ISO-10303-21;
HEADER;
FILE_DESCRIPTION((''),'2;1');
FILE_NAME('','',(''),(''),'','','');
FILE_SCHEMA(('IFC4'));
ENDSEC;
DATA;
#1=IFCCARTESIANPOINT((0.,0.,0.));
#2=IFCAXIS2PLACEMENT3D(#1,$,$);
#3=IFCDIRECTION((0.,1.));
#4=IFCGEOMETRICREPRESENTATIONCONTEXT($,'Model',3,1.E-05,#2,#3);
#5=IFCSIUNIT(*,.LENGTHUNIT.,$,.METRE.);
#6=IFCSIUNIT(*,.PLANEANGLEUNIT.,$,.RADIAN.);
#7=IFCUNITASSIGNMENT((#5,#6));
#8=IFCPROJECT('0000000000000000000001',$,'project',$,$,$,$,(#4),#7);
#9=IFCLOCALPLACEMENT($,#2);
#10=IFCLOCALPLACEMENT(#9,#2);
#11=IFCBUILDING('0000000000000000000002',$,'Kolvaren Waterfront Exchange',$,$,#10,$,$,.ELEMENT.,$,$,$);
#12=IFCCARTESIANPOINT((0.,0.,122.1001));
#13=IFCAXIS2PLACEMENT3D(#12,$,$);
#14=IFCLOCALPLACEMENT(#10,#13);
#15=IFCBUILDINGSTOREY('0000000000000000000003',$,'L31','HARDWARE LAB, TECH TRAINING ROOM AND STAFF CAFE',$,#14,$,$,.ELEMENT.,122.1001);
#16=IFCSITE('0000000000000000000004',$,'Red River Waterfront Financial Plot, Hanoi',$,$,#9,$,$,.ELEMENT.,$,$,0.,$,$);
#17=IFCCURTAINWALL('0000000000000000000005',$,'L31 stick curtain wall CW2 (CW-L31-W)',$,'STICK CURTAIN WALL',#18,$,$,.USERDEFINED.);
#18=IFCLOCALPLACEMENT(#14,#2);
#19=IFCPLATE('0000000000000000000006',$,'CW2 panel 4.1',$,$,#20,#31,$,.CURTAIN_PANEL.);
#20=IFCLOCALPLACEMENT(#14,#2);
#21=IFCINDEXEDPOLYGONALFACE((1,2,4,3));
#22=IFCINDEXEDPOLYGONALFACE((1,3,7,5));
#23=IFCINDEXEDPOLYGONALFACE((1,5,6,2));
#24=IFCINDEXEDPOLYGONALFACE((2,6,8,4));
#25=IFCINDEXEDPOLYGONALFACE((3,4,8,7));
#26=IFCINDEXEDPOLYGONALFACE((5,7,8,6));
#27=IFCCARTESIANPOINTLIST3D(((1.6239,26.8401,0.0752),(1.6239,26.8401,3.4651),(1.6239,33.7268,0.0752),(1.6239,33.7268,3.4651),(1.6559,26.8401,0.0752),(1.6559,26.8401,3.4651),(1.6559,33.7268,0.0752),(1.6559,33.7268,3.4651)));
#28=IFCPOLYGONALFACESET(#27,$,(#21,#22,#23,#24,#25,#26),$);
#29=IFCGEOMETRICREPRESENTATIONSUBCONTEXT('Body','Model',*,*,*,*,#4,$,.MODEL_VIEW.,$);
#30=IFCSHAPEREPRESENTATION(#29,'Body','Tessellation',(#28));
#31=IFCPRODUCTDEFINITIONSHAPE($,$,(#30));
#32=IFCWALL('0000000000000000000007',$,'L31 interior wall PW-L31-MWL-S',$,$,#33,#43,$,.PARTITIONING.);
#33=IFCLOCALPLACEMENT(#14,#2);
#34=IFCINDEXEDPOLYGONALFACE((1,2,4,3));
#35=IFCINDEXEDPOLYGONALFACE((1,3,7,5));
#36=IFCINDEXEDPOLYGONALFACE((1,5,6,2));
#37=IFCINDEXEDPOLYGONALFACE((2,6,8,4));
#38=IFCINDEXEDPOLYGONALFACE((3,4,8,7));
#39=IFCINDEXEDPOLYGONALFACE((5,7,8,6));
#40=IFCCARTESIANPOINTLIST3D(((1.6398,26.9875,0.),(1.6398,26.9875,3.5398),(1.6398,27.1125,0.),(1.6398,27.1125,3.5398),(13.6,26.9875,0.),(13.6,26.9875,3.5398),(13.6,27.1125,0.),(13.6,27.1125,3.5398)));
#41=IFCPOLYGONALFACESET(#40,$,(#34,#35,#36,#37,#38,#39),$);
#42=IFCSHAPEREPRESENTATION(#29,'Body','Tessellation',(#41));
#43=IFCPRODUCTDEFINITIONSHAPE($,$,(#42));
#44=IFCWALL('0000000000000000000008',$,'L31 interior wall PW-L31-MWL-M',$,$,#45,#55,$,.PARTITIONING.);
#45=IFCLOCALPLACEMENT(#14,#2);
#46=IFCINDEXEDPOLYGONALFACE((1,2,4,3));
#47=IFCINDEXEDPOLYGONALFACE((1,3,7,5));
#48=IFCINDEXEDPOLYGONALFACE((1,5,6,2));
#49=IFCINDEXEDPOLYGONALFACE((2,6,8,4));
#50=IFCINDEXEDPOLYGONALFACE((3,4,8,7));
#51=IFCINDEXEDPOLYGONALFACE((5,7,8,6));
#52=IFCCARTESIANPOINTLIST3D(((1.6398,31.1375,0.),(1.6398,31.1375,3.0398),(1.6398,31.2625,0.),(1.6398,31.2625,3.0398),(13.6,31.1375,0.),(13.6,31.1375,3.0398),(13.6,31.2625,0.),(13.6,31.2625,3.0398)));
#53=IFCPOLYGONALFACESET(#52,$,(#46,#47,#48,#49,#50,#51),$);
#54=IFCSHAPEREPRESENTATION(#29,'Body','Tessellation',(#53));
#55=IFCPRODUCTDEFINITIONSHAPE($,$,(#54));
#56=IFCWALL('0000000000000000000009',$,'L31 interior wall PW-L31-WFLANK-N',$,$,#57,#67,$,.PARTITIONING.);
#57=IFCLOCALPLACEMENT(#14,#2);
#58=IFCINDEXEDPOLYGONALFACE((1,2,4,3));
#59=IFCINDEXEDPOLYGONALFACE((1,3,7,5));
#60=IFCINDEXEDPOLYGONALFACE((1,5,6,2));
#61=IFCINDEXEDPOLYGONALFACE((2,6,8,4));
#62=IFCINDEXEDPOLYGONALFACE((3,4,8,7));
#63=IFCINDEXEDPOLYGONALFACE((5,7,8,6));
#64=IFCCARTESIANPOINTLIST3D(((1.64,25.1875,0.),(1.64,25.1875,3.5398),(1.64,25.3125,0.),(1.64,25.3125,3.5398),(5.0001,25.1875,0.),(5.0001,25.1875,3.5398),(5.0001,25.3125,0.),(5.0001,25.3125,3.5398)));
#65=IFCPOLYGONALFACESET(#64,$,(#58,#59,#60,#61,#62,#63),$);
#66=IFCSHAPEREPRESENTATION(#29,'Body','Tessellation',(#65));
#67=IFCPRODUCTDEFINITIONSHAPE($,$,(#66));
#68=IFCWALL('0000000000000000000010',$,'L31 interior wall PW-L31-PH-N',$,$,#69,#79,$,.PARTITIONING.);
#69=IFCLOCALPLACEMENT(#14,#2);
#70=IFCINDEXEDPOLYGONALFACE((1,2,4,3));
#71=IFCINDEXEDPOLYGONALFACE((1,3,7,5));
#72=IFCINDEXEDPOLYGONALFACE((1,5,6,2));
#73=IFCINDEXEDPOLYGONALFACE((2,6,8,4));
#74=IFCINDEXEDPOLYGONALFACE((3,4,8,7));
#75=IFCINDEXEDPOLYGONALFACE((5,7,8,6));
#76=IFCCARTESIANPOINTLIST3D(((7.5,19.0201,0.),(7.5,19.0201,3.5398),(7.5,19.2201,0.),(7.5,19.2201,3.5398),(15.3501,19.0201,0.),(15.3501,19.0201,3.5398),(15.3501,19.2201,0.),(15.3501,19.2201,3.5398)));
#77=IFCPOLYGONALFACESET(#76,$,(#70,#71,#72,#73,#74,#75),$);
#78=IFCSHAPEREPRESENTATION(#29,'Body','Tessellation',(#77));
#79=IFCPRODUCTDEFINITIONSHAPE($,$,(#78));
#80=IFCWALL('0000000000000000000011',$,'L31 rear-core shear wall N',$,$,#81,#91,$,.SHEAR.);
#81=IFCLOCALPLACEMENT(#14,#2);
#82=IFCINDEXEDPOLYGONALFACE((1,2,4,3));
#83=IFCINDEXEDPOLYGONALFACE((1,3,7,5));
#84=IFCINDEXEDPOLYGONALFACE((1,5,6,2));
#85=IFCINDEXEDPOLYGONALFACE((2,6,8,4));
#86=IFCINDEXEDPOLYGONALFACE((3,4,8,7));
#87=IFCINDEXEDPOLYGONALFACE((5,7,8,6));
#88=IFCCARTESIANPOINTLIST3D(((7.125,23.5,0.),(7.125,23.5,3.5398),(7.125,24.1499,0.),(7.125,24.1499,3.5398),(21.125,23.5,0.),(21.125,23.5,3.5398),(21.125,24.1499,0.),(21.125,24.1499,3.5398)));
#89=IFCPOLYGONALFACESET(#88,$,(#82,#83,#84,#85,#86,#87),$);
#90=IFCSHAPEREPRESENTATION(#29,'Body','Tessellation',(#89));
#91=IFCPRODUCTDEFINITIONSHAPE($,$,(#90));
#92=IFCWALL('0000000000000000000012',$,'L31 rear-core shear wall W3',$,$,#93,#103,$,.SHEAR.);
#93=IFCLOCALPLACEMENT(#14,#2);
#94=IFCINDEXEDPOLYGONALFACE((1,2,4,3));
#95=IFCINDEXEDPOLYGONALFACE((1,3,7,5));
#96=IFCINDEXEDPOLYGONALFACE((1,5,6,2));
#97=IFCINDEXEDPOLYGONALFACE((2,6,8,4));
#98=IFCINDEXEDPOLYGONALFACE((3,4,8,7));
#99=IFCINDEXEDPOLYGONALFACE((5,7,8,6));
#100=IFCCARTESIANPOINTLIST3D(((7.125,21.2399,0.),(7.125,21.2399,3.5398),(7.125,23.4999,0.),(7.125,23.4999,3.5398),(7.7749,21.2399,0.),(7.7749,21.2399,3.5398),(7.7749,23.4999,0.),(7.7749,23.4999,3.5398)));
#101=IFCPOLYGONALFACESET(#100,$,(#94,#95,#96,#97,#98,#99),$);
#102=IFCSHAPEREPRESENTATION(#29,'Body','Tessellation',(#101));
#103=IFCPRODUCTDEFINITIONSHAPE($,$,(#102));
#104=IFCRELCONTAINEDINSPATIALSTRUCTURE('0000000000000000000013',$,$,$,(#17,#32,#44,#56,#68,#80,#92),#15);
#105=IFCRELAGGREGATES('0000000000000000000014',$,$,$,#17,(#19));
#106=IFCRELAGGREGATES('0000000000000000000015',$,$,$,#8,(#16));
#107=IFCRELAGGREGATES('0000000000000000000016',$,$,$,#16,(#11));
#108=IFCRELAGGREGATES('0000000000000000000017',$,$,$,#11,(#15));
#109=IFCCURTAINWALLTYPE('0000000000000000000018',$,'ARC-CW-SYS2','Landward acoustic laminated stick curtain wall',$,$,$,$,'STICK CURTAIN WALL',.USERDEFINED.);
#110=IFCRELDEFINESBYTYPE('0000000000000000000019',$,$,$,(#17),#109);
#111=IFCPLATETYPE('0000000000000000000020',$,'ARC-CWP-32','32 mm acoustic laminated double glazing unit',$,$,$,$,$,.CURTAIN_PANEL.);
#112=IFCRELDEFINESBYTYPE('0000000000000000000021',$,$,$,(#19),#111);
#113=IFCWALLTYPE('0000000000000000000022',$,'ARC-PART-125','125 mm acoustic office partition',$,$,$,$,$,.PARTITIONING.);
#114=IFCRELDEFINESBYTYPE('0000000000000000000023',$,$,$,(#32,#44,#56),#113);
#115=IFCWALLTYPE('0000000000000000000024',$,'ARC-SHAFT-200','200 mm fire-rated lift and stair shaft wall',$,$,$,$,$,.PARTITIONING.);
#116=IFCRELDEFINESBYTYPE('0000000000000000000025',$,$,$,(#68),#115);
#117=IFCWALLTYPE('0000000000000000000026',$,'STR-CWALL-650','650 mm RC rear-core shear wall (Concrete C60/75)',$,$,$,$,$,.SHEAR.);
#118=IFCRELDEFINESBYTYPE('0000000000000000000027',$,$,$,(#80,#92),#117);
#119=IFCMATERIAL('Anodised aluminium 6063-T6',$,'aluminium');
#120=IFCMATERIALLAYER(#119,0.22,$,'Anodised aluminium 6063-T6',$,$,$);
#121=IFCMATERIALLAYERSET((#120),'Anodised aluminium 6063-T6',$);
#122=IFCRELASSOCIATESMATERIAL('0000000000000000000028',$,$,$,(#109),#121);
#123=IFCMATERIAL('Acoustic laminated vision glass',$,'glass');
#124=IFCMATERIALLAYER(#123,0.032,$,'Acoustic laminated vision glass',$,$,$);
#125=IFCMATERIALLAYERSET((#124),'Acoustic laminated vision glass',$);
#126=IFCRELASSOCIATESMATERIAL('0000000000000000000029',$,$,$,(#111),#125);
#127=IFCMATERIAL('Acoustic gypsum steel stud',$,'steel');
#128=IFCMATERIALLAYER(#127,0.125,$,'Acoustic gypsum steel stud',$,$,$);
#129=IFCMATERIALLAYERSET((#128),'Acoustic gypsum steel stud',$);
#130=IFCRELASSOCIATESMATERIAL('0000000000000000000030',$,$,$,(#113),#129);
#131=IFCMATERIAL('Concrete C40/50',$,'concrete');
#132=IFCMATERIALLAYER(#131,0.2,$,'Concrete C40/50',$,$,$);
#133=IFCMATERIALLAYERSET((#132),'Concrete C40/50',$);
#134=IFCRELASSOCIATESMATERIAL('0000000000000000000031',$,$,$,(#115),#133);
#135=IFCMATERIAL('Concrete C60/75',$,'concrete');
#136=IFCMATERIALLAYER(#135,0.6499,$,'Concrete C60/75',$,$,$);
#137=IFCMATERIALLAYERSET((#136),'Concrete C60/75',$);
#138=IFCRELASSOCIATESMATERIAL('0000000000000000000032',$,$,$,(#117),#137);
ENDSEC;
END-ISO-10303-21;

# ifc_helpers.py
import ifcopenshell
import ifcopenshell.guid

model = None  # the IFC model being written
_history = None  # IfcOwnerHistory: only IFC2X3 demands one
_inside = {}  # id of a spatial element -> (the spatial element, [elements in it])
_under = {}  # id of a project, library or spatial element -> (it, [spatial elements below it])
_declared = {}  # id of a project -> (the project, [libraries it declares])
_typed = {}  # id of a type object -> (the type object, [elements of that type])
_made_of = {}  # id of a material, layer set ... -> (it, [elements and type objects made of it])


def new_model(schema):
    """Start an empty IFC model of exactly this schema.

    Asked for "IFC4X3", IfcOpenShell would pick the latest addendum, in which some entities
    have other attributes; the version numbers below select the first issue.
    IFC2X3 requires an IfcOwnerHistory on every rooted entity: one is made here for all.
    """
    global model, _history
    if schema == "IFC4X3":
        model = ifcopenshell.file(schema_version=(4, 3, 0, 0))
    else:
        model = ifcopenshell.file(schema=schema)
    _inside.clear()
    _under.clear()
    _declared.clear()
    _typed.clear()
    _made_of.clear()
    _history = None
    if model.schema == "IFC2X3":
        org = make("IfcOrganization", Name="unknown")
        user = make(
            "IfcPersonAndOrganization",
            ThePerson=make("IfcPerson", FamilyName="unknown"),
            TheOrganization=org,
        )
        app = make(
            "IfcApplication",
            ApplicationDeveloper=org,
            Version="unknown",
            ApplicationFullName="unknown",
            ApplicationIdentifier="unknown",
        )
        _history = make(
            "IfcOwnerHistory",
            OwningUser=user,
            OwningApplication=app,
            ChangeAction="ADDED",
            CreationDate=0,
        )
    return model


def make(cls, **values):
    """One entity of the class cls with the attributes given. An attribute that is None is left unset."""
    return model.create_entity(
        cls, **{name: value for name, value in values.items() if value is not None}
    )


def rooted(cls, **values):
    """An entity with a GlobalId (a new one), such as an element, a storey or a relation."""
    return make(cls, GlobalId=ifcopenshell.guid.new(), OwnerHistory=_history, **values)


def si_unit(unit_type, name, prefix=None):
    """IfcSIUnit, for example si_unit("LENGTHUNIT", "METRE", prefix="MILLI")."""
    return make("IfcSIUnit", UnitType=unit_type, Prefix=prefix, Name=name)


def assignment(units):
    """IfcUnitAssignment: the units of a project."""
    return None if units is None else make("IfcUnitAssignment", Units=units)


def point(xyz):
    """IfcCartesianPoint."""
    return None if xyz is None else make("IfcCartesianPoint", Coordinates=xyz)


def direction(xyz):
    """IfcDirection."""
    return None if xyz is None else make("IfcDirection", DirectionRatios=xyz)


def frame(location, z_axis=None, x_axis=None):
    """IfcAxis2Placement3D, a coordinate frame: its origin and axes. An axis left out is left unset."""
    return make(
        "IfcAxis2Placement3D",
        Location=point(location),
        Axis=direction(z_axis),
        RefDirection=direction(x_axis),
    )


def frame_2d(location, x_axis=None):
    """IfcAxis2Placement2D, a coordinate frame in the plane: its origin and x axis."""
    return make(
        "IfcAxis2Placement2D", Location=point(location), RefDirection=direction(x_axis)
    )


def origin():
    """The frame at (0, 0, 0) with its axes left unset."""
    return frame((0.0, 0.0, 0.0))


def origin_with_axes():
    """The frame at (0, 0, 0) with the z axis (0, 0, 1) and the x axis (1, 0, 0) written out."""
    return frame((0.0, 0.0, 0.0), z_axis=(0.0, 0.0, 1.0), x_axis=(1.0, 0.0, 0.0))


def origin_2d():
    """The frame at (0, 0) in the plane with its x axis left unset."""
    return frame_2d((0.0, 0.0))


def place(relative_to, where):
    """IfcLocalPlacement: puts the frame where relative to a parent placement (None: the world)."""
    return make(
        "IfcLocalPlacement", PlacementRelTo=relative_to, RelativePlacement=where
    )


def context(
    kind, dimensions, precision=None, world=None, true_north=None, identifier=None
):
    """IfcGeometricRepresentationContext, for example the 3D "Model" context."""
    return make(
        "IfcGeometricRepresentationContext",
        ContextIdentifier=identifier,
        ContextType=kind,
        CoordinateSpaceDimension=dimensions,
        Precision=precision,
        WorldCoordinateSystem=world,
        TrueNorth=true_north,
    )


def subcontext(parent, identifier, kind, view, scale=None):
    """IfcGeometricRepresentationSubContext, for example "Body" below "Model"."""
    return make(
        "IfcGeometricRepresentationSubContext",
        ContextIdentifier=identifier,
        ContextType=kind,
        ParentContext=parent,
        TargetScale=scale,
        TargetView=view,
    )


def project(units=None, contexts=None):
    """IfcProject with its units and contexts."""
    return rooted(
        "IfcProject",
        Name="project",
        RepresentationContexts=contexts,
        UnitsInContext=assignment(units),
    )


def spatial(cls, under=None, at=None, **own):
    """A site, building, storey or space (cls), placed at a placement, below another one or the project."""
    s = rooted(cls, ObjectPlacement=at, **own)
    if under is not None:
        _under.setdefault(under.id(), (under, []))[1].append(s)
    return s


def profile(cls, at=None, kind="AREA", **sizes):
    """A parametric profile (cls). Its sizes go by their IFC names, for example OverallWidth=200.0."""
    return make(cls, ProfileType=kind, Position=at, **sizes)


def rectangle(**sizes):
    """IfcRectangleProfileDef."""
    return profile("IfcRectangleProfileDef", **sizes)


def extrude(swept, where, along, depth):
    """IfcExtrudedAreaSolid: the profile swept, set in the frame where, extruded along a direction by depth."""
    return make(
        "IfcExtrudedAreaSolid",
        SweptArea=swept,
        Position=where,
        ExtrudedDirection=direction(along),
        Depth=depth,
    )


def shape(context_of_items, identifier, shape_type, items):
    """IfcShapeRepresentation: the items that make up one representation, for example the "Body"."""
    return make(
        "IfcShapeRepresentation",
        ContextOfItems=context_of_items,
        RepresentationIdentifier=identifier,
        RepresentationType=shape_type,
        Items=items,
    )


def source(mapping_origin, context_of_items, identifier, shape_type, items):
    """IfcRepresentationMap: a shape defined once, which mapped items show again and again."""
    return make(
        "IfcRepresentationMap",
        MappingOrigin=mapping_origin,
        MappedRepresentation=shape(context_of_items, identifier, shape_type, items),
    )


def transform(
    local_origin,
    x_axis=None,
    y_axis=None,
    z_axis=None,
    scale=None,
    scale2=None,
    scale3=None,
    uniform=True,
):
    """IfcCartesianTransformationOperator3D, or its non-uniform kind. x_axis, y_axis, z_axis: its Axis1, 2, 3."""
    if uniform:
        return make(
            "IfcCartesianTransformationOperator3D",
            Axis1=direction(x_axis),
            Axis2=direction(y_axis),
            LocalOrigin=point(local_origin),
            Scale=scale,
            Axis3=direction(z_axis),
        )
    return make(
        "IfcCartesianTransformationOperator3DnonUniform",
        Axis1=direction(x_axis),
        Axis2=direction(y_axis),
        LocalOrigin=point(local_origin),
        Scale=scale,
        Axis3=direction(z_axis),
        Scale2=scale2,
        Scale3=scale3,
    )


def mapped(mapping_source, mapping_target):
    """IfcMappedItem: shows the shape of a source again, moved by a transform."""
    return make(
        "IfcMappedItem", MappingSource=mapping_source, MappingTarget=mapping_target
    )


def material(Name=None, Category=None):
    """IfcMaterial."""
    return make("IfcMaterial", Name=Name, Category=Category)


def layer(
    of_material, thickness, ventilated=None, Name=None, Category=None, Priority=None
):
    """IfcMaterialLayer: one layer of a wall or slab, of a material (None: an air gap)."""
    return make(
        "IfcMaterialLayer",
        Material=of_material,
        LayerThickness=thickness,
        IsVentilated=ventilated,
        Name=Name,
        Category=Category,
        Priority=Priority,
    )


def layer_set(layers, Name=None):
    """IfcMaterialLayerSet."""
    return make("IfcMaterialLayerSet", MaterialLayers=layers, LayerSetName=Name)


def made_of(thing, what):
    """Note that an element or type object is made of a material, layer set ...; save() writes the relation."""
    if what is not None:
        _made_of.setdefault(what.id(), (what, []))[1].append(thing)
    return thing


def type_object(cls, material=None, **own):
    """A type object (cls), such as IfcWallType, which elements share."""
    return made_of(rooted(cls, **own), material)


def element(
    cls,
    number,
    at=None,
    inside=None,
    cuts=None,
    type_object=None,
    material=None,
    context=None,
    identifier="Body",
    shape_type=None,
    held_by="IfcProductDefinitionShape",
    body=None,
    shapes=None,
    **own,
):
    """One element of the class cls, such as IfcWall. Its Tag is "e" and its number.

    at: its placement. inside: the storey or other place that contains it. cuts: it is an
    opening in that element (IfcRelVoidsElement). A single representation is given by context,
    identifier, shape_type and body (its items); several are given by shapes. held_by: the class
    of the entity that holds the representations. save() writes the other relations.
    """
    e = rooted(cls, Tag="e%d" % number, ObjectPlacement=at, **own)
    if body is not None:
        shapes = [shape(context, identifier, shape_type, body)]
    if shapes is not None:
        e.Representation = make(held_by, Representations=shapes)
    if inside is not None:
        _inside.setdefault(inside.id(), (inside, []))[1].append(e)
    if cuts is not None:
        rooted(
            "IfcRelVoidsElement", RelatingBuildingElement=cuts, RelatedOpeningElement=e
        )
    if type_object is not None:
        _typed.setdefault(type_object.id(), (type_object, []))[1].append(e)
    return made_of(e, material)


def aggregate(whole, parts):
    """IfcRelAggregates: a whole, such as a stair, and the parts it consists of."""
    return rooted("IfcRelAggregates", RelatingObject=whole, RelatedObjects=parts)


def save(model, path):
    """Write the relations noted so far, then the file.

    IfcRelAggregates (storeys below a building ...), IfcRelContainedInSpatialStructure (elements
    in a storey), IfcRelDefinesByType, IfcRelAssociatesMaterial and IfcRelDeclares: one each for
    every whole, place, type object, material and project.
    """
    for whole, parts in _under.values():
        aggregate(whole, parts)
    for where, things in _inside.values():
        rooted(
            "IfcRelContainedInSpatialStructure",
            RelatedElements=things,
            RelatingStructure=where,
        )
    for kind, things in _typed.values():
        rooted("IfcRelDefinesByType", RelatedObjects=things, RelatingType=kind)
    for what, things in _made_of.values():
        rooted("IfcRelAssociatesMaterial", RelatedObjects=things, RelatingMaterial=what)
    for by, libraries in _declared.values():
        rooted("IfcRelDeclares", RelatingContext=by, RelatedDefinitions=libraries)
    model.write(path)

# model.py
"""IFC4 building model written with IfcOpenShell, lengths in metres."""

from ifc_helpers import new_model, si_unit, direction, frame, frame_2d, origin, origin_with_axes, origin_2d, place, context, subcontext, project, spatial, rectangle, extrude, source, transform, mapped, material, layer, layer_set, type_object, element, aggregate, save


model = new_model("IFC4")

# Units and contexts
model_context = context("Model", 3, precision=1e-05, world=origin(), true_north=direction((0.0, 1.0)))
body_context = subcontext(model_context, "Body", "Model", "MODEL_VIEW")
ifc_project = project(units=[si_unit("LENGTHUNIT", "METRE"), si_unit("PLANEANGLEUNIT", "RADIAN")], contexts=[model_context])

# Site, building, storey
site_placement = place(None, origin())
site = spatial("IfcSite", under=ifc_project, at=site_placement, Name="Red River Waterfront Financial Plot, Hanoi", CompositionType="ELEMENT", RefElevation=0.0)
building_placement = place(site_placement, origin())
building = spatial("IfcBuilding", under=site, at=building_placement, Name="Kolvaren Waterfront Exchange", CompositionType="ELEMENT")
storey_placement = place(building_placement, frame((0.0, 0.0, 122.1001)))
storey = spatial("IfcBuildingStorey", under=building, at=storey_placement, Name="L31", Description="HARDWARE LAB, TECH TRAINING ROOM AND STAFF CAFE", CompositionType="ELEMENT", Elevation=122.1001)

# Shared definitions
ifc_material_1 = material(Name="Concrete C60/75", Category="concrete")

# Curtain wall, plate
ifc_material_2 = material(Name="Anodised aluminium 6063-T6", Category="aluminium")
ifc_layer_1 = layer(ifc_material_2, 0.22, Name="Anodised aluminium 6063-T6")
ifc_layer_set_1 = layer_set([ifc_layer_1], Name="Anodised aluminium 6063-T6")
curtain_wall_type = type_object("IfcCurtainWallType", Name="ARC-CW-SYS2", Description="Landward acoustic laminated stick curtain wall", ElementType="STICK CURTAIN WALL", PredefinedType="USERDEFINED", material=ifc_layer_set_1)
curtain_wall_placement = place(storey_placement, origin())
curtain_wall = element("IfcCurtainWall", 1, at=curtain_wall_placement, inside=storey, type_object=curtain_wall_type, Name="L31 stick curtain wall CW2 (CW-L31-W)", ObjectType="STICK CURTAIN WALL", PredefinedType="USERDEFINED")
ifc_material_3 = material(Name="Acoustic laminated vision glass", Category="glass")
ifc_layer_2 = layer(ifc_material_3, 0.032, Name="Acoustic laminated vision glass")
ifc_layer_set_2 = layer_set([ifc_layer_2], Name="Acoustic laminated vision glass")
plate_type = type_object("IfcPlateType", Name="ARC-CWP-32", Description="32 mm acoustic laminated double glazing unit", PredefinedType="CURTAIN_PANEL", material=ifc_layer_set_2)
shared_shape_1 = source(origin_with_axes(), body_context, "Body", "SweptSolid", [
    extrude(rectangle(XDim=6.8867, YDim=0.032, at=origin_2d()), origin(), (0.0, 0.0, 1.0), 3.3899),
])
plate_1_placement = place(storey_placement, frame((1.6399, 30.2834, 0.0752), z_axis=(0.0, 0.0, 1.0), x_axis=(0.0, 1.0, 0.0)))
plate_1 = element("IfcPlate", 2, at=plate_1_placement, type_object=plate_type, Name="CW2 panel 4.1", PredefinedType="CURTAIN_PANEL", context=body_context, shape_type="MappedRepresentation", body=[
    mapped(shared_shape_1, transform((0.0, 0.0, 0.0), x_axis=(1.0, 0.0, 0.0), y_axis=(0.0, 1.0, 0.0), z_axis=(0.0, 0.0, 1.0), scale=1.0)),
])
aggregate(curtain_wall, [plate_1])

# Walls
ifc_material_4 = material(Name="Acoustic gypsum steel stud", Category="steel")
ifc_layer_3 = layer(ifc_material_4, 0.125, Name="Acoustic gypsum steel stud")
ifc_layer_set_3 = layer_set([ifc_layer_3], Name="Acoustic gypsum steel stud")
wall_type_1 = type_object("IfcWallType", Name="ARC-PART-125", Description="125 mm acoustic office partition", PredefinedType="PARTITIONING", material=ifc_layer_set_3)
wall_1_placement = place(storey_placement, frame((1.6399, 27.05, 0.0), z_axis=(0.0, 0.0, 1.0), x_axis=(1.0, 0.0, 0.0)))
element("IfcWall", 3, at=wall_1_placement, inside=storey, type_object=wall_type_1, Name="L31 interior wall PW-L31-MWL-S", PredefinedType="PARTITIONING", context=body_context, shape_type="SweptSolid", body=[
    extrude(rectangle(XDim=11.9602, YDim=0.125, at=frame_2d((5.98, 0.0))), origin(), (0.0, 0.0, 1.0), 3.5398),
])
wall_2_placement = place(storey_placement, frame((1.6399, 31.2, 0.0), z_axis=(0.0, 0.0, 1.0), x_axis=(1.0, 0.0, 0.0)))
element("IfcWall", 4, at=wall_2_placement, inside=storey, type_object=wall_type_1, Name="L31 interior wall PW-L31-MWL-M", PredefinedType="PARTITIONING", context=body_context, shape_type="SweptSolid", body=[
    extrude(rectangle(XDim=11.9602, YDim=0.125, at=frame_2d((5.98, 0.0))), origin(), (0.0, 0.0, 1.0), 3.0398),
])
wall_3_placement = place(storey_placement, frame((1.6399, 25.25, 0.0), z_axis=(0.0, 0.0, 1.0), x_axis=(1.0, 0.0, 0.0)))
element("IfcWall", 5, at=wall_3_placement, inside=storey, type_object=wall_type_1, Name="L31 interior wall PW-L31-WFLANK-N", PredefinedType="PARTITIONING", context=body_context, shape_type="SweptSolid", body=[
    extrude(rectangle(XDim=3.3601, YDim=0.125, at=frame_2d((1.6802, 0.0))), origin(), (0.0, 0.0, 1.0), 3.5398),
])
ifc_material_5 = material(Name="Concrete C40/50", Category="concrete")
ifc_layer_4 = layer(ifc_material_5, 0.2, Name="Concrete C40/50")
ifc_layer_set_4 = layer_set([ifc_layer_4], Name="Concrete C40/50")
wall_type_2 = type_object("IfcWallType", Name="ARC-SHAFT-200", Description="200 mm fire-rated lift and stair shaft wall", PredefinedType="PARTITIONING", material=ifc_layer_set_4)
wall_4_placement = place(storey_placement, frame((7.5, 19.1201, 0.0), z_axis=(0.0, 0.0, 1.0), x_axis=(1.0, 0.0, 0.0)))
element("IfcWall", 6, at=wall_4_placement, inside=storey, type_object=wall_type_2, Name="L31 interior wall PW-L31-PH-N", PredefinedType="PARTITIONING", context=body_context, shape_type="SweptSolid", body=[
    extrude(rectangle(XDim=7.8501, YDim=0.2, at=frame_2d((3.925, 0.0))), origin(), (0.0, 0.0, 1.0), 3.5398),
])
ifc_layer_5 = layer(ifc_material_1, 0.6499, Name="Concrete C60/75")
ifc_layer_set_5 = layer_set([ifc_layer_5], Name="Concrete C60/75")
wall_type_3 = type_object("IfcWallType", Name="STR-CWALL-650", Description="650 mm RC rear-core shear wall (Concrete C60/75)", PredefinedType="SHEAR", material=ifc_layer_set_5)
wall_5_placement = place(storey_placement, frame((7.125, 23.825, 0.0), z_axis=(0.0, 0.0, 1.0), x_axis=(1.0, 0.0, 0.0)))
element("IfcWall", 7, at=wall_5_placement, inside=storey, type_object=wall_type_3, Name="L31 rear-core shear wall N", PredefinedType="SHEAR", context=body_context, shape_type="SweptSolid", body=[
    extrude(rectangle(XDim=14.0, YDim=0.6499, at=frame_2d((7.0, 0.0))), origin(), (0.0, 0.0, 1.0), 3.5398),
])
wall_6_placement = place(storey_placement, frame((7.45, 21.24, 0.0), z_axis=(0.0, 0.0, 1.0), x_axis=(0.0, 1.0, 0.0)))
element("IfcWall", 8, at=wall_6_placement, inside=storey, type_object=wall_type_3, Name="L31 rear-core shear wall W3", PredefinedType="SHEAR", context=body_context, shape_type="SweptSolid", body=[
    extrude(rectangle(XDim=2.26, YDim=0.6499, at=frame_2d((1.1299, 0.0))), origin(), (0.0, 0.0, 1.0), 3.5398),
])

save(model, "model.ifc")
